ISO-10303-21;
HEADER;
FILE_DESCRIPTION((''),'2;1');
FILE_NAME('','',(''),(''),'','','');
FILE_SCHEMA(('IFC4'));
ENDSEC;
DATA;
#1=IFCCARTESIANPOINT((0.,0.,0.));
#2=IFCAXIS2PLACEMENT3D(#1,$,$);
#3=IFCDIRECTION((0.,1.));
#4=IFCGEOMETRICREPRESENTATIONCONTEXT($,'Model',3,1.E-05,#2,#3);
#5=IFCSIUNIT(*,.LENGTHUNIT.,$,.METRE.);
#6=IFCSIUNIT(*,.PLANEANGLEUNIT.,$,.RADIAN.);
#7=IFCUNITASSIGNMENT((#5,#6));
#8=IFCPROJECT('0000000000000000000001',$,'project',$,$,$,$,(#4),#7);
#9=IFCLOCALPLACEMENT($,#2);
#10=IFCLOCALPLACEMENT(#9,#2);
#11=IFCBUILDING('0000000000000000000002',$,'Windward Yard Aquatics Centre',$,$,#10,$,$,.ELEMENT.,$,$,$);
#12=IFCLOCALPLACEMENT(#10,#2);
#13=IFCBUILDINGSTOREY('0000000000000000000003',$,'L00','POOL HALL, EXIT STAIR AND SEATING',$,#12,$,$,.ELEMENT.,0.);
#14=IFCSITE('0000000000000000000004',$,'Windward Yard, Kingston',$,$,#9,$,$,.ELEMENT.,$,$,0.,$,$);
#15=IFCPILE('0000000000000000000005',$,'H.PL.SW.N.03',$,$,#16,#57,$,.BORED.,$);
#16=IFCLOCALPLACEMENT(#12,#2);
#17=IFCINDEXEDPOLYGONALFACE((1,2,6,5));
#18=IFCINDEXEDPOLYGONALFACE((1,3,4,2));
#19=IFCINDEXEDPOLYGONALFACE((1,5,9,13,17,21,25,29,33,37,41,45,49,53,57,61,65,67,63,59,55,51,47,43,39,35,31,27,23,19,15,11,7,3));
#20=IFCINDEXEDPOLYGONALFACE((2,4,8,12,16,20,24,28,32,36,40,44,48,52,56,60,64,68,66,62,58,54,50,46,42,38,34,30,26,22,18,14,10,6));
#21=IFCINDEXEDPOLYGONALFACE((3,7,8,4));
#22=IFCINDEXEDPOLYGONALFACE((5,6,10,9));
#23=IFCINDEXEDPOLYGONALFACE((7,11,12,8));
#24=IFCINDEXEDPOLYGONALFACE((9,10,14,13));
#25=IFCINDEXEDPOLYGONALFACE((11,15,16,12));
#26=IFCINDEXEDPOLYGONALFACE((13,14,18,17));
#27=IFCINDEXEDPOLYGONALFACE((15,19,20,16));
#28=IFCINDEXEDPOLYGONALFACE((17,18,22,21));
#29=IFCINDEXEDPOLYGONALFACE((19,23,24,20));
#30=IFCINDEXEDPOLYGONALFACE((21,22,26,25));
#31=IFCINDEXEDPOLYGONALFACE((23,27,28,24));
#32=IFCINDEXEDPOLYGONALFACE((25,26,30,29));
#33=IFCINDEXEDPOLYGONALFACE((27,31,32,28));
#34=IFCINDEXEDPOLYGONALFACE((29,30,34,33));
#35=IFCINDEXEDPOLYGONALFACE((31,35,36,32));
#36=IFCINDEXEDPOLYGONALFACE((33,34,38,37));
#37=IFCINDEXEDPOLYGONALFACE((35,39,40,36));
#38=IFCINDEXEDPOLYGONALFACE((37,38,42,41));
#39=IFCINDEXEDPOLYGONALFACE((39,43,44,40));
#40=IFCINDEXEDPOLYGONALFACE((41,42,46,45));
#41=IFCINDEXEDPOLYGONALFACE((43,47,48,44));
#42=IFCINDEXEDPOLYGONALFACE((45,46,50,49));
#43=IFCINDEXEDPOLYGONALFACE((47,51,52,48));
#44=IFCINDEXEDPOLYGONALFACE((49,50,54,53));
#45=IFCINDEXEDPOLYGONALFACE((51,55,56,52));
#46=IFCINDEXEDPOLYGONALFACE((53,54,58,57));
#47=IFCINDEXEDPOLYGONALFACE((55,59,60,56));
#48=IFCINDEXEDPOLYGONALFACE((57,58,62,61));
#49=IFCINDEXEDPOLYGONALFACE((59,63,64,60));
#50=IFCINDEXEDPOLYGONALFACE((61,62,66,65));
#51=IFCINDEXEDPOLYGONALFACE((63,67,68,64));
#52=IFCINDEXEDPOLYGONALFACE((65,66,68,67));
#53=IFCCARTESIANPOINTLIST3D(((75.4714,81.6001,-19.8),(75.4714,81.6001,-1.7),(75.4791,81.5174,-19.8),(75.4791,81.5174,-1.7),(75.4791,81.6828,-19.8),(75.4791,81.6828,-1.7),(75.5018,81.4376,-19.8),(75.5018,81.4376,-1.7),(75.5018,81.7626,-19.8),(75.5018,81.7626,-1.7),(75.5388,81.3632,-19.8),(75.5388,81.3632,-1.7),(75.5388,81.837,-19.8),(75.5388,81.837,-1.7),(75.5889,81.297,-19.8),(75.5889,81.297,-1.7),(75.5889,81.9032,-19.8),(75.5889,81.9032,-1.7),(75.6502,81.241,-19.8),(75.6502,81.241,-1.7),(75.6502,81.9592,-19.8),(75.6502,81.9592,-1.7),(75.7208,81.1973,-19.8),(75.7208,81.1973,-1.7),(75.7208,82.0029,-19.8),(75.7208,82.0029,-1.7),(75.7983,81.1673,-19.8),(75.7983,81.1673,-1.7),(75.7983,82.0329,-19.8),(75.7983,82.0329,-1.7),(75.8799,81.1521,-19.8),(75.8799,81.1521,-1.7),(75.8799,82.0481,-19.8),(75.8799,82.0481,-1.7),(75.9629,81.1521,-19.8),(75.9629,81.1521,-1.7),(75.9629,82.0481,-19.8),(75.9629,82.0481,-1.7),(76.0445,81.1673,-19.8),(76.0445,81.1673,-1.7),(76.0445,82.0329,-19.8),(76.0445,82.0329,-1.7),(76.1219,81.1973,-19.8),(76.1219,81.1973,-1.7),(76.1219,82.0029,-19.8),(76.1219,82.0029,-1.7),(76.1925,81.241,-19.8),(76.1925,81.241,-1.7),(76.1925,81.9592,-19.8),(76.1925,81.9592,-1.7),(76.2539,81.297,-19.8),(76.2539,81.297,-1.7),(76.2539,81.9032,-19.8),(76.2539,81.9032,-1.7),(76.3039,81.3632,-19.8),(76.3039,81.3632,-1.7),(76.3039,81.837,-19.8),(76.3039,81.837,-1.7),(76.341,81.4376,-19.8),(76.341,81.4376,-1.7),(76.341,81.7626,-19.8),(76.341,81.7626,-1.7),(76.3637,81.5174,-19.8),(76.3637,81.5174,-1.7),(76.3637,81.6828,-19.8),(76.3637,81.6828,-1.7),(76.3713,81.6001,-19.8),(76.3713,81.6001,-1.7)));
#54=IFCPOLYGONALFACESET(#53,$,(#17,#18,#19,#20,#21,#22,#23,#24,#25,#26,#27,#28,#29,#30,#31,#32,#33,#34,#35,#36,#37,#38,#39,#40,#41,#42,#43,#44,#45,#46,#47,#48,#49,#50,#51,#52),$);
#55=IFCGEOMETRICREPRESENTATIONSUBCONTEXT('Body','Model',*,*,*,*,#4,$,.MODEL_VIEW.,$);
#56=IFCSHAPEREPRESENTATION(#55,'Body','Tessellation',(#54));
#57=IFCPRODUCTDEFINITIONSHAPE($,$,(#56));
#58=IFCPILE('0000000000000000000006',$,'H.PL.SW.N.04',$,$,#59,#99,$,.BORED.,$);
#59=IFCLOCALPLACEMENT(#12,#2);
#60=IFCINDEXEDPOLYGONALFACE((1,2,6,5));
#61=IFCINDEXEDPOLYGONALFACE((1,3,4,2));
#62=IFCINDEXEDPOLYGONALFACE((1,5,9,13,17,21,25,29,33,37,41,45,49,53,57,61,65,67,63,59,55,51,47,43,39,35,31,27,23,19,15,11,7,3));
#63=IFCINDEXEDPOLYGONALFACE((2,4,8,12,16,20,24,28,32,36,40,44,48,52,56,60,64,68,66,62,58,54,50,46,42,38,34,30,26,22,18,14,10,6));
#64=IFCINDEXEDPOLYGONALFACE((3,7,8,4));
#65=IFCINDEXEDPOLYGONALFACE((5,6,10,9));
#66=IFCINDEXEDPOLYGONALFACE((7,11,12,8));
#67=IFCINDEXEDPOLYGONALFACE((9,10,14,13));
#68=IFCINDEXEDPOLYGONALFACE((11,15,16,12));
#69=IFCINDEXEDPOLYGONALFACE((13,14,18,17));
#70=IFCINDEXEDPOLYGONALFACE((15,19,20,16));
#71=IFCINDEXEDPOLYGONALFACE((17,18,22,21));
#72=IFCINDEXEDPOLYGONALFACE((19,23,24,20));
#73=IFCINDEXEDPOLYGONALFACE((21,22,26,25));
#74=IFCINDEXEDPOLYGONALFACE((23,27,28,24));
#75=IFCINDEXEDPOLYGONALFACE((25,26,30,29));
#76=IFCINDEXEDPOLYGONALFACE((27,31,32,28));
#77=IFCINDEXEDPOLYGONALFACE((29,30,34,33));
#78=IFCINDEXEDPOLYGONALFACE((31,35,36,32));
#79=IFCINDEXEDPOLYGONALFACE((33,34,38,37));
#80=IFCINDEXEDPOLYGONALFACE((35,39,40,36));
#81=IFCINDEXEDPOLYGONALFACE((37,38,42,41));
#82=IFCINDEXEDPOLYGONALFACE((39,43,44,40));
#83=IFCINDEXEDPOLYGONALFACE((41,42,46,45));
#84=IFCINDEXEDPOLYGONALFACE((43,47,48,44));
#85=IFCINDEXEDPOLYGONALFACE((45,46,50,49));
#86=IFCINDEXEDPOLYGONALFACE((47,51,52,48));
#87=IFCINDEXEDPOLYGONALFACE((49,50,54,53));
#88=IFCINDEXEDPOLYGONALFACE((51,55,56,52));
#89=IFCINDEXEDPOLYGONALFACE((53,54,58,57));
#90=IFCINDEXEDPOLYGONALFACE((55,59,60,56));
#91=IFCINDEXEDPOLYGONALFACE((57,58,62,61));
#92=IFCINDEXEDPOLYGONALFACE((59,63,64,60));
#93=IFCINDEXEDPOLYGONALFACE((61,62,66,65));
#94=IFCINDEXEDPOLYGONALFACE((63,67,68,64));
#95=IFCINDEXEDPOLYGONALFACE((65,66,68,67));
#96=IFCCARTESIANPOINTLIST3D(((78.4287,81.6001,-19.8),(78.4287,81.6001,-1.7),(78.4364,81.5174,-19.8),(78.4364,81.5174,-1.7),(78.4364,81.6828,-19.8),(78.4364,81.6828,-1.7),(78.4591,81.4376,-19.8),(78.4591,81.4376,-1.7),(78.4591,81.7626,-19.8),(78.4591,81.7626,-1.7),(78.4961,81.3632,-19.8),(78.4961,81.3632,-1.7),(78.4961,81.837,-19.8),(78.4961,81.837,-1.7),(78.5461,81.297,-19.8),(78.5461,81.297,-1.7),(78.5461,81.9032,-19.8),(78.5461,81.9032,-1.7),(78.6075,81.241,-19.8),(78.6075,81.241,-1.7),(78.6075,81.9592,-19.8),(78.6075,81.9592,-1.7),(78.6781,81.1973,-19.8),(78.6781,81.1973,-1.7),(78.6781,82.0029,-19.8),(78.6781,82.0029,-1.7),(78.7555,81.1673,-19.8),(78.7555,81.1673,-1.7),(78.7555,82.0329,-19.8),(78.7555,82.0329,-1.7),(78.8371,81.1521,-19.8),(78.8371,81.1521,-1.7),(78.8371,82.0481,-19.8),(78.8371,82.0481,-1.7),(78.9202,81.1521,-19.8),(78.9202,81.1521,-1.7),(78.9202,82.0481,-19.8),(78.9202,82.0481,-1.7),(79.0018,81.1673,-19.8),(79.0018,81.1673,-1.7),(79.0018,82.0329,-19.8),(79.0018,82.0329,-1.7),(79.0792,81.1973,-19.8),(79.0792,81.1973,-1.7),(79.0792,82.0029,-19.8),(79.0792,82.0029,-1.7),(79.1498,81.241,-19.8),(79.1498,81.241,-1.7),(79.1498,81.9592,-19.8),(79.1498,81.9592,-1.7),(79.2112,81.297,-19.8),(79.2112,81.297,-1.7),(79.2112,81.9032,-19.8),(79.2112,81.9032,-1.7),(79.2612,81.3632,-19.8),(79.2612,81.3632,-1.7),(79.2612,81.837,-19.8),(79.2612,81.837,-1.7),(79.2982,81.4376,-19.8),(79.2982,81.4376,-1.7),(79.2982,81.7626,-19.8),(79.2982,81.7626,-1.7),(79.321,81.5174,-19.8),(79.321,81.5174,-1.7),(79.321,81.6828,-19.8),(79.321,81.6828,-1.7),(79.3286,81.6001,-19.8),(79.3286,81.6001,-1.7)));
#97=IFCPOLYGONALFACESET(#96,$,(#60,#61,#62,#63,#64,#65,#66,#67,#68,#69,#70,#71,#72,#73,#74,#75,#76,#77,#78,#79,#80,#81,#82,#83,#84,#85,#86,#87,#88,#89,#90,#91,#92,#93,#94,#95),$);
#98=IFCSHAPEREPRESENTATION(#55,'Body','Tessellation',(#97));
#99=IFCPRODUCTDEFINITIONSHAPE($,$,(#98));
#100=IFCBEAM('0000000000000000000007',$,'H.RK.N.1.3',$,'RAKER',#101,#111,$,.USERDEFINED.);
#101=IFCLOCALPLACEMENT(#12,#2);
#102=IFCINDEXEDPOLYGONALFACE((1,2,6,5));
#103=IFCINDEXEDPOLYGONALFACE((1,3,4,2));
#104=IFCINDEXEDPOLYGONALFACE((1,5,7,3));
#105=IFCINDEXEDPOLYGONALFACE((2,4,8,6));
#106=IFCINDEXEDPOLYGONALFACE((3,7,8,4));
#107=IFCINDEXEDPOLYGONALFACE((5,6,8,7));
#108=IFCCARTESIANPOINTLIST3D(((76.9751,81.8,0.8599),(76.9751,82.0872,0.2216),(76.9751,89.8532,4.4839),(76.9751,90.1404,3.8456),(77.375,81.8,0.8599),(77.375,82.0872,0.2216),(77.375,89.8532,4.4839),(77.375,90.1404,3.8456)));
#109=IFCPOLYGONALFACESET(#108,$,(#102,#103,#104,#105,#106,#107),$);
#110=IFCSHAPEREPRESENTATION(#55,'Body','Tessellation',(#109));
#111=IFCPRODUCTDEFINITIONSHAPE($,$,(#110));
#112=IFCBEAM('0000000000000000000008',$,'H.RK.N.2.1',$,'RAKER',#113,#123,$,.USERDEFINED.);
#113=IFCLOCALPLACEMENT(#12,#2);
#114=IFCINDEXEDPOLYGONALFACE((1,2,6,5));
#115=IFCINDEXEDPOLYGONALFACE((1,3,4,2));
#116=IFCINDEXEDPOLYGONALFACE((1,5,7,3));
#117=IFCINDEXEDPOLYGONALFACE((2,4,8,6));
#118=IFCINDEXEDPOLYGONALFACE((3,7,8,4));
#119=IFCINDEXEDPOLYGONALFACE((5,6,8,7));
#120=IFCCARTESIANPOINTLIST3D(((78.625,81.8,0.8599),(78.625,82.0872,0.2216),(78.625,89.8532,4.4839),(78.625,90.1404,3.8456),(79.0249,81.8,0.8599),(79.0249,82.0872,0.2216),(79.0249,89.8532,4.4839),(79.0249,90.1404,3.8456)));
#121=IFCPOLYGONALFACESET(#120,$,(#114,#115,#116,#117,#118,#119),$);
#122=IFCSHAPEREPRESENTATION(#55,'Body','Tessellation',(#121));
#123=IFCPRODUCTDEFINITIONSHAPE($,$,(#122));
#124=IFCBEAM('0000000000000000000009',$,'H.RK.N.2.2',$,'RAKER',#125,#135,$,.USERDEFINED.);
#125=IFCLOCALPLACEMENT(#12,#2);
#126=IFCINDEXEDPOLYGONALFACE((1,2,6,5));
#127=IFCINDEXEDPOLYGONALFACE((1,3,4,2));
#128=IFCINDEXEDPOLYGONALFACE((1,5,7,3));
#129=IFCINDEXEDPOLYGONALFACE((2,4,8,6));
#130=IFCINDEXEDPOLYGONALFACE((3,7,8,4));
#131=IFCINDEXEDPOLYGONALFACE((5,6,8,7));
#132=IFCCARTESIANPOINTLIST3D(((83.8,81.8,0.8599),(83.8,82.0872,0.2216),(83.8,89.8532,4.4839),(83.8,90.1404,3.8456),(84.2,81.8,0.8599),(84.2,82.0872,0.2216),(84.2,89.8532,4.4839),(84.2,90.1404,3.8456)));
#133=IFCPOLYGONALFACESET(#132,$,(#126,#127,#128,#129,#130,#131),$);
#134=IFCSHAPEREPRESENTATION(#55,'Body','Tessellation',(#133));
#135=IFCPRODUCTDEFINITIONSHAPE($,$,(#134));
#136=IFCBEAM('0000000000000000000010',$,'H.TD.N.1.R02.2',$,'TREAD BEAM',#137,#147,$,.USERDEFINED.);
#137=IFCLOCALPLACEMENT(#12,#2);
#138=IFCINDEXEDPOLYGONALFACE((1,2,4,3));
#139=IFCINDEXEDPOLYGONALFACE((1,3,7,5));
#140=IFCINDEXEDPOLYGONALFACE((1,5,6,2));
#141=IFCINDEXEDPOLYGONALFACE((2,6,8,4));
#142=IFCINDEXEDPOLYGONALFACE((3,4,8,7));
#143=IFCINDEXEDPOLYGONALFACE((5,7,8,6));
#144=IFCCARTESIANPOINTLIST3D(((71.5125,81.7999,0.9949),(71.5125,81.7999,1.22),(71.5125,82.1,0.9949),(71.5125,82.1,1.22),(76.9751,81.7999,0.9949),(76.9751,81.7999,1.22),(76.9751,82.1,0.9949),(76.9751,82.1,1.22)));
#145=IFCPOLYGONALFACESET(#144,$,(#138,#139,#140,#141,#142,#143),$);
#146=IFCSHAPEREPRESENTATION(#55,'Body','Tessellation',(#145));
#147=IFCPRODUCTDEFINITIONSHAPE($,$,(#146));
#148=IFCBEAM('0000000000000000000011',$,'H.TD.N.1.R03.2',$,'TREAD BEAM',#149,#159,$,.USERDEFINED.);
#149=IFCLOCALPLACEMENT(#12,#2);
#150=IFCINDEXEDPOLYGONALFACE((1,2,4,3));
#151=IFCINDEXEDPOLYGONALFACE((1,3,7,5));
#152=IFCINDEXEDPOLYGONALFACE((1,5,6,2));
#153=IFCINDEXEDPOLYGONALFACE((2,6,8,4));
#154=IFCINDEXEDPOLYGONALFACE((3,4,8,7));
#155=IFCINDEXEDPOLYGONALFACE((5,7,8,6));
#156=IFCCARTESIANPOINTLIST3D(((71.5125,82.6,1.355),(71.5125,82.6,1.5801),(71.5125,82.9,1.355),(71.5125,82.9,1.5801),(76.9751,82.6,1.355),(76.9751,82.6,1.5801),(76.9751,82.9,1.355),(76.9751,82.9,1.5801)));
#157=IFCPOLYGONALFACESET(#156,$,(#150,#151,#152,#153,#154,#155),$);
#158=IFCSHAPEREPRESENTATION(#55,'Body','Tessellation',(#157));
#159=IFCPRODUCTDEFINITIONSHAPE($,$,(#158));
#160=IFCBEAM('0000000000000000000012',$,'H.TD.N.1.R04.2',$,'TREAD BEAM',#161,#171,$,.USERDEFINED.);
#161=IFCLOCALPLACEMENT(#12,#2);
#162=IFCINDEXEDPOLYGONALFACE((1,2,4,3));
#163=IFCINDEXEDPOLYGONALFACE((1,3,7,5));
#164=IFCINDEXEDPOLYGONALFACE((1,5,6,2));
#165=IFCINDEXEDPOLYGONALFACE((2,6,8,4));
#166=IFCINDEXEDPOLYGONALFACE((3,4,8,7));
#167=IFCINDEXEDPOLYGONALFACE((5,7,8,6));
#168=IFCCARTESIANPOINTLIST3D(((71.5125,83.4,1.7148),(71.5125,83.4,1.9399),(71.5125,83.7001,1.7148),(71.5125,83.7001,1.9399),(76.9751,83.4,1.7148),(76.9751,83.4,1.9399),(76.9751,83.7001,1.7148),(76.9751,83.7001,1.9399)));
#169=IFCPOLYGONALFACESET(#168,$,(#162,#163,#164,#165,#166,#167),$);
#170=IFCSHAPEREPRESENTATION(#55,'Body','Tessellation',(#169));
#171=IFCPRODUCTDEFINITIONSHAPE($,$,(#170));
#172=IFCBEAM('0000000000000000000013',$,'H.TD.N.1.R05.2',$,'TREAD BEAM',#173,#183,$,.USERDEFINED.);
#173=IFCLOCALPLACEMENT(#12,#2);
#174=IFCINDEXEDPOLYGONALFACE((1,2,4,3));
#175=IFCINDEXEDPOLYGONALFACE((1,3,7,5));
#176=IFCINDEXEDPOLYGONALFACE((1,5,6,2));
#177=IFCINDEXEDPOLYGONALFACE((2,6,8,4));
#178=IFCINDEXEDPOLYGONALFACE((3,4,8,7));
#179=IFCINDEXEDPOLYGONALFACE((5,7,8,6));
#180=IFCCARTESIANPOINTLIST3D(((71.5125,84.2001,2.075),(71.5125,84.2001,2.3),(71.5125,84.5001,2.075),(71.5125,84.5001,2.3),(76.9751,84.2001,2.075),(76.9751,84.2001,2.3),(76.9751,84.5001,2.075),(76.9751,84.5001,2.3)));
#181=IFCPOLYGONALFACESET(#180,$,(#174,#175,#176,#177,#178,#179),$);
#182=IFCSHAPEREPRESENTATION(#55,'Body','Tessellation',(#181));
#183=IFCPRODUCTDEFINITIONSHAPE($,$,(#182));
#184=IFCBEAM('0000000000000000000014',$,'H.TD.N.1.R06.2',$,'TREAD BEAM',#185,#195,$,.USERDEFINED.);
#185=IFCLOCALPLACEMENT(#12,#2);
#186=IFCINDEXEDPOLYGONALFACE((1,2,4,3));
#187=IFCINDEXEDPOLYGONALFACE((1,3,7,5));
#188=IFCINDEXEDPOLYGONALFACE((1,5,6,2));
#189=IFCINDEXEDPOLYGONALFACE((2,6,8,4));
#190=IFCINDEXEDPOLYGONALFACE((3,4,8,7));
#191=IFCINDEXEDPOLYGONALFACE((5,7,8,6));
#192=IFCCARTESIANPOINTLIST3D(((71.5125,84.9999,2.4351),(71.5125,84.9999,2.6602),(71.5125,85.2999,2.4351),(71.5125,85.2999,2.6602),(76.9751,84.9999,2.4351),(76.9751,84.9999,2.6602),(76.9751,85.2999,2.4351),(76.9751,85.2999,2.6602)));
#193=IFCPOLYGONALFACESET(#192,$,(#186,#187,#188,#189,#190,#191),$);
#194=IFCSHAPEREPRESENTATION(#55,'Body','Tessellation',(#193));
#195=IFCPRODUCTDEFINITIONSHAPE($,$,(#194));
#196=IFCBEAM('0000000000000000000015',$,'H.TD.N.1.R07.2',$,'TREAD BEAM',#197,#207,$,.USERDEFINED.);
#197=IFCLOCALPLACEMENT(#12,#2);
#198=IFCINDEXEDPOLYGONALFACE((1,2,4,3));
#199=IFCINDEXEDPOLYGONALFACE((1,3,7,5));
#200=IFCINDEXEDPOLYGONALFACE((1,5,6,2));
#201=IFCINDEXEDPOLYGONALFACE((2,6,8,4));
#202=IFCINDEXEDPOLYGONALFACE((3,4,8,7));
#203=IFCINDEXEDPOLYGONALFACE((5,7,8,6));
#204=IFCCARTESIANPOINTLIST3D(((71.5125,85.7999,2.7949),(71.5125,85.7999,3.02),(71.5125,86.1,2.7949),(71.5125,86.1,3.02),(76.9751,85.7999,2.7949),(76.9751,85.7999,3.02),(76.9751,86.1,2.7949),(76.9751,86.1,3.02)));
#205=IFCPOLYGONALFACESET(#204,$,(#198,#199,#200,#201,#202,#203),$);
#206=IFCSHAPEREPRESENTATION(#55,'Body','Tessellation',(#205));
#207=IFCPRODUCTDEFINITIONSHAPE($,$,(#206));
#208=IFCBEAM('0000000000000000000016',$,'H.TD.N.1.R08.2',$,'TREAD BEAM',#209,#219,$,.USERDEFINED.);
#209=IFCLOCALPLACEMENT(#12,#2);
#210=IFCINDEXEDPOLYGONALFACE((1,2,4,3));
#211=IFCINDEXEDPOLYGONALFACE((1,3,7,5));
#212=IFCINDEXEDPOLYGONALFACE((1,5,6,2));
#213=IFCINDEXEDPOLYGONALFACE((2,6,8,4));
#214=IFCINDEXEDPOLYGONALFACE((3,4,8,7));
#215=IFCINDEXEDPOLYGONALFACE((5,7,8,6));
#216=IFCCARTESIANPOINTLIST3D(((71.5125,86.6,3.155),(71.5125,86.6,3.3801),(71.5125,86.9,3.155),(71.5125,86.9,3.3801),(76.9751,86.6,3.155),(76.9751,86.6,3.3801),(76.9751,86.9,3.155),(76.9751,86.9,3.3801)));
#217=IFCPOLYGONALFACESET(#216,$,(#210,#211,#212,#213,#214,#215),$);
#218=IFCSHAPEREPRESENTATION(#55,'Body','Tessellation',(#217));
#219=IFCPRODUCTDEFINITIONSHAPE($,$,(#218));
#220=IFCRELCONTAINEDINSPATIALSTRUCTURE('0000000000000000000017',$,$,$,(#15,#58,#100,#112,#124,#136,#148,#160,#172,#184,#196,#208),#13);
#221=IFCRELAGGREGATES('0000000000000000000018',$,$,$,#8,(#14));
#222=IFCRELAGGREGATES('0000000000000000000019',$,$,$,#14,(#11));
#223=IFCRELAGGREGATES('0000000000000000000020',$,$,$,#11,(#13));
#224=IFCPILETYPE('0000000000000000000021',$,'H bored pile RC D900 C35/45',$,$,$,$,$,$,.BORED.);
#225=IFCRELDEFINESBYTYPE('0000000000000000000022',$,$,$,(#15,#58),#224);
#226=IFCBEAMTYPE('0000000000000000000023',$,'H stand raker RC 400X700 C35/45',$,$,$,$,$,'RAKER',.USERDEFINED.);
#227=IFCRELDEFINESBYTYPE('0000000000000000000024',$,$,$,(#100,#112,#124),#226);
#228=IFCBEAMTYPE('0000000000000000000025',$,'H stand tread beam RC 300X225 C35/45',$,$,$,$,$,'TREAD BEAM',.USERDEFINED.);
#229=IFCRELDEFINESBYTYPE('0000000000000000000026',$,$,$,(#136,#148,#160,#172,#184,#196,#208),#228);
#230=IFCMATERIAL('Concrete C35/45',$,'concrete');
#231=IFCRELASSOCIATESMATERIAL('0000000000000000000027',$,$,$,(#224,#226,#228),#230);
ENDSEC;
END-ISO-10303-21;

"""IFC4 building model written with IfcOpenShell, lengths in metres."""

from ifc_helpers import new_model, si_unit, direction, frame, origin, origin_2d, place, context, subcontext, project, spatial, rectangle, circle, extrude, material, material_profile, profile_set, type_object, element, save


model = new_model("IFC4")

# Units and contexts
model_context = context("Model", 3, precision=1e-05, world=origin(), true_north=direction((0.0, 1.0)))
body_context = subcontext(model_context, "Body", "Model", "MODEL_VIEW")
ifc_project = project(units=[si_unit("LENGTHUNIT", "METRE"), si_unit("PLANEANGLEUNIT", "RADIAN")], contexts=[model_context])

# Site, building, storey
site_placement = place(None, origin())
site = spatial("IfcSite", under=ifc_project, at=site_placement, Name="Windward Yard, Kingston", CompositionType="ELEMENT", RefElevation=0.0)
building_placement = place(site_placement, origin())
building = spatial("IfcBuilding", under=site, at=building_placement, Name="Windward Yard Aquatics Centre", CompositionType="ELEMENT")
storey_placement = place(building_placement, origin())
storey = spatial("IfcBuildingStorey", under=building, at=storey_placement, Name="L00", Description="POOL HALL, EXIT STAIR AND SEATING", CompositionType="ELEMENT", Elevation=0.0)

# Piles
ifc_material_1 = material(Name="Concrete C35/45", Category="concrete")
ifc_material_profile_1 = material_profile(ifc_material_1, circle(Radius=0.45, at=origin_2d()), Name="RC D900")
ifc_profile_set_1 = profile_set([ifc_material_profile_1], Name="Concrete C35/45")
pile_type = type_object("IfcPileType", Name="H bored pile RC D900 C35/45", PredefinedType="BORED", material=ifc_profile_set_1)
for number, where, z_axis, x_axis, name in (
    (1, (75.9214, 81.6001, -1.7), (0.0, 0.0, -1.0), (1.0, 0.0, 0.0), "H.PL.SW.N.03"),
    (2, (78.8787, 81.6001, -1.7), (0.0, 0.0, -1.0), (1.0, 0.0, 0.0), "H.PL.SW.N.04"),
):
    element("IfcPile", number, at=place(storey_placement, frame(where, z_axis=z_axis, x_axis=x_axis)), inside=storey, type_object=pile_type, Name=name, PredefinedType="BORED", context=body_context, shape_type="SweptSolid", body=[
        extrude(circle(Radius=0.45, at=origin_2d()), origin(), (0.0, 0.0, 1.0), 18.1001),
    ])

# Beams
ifc_material_profile_2 = material_profile(ifc_material_1, rectangle(XDim=0.3999, YDim=0.7, at=origin_2d()), Name="RC 400X700")
ifc_profile_set_2 = profile_set([ifc_material_profile_2], Name="Concrete C35/45")
beam_type_1 = type_object("IfcBeamType", Name="H stand raker RC 400X700 C35/45", ElementType="RAKER", PredefinedType="USERDEFINED", material=ifc_profile_set_2)
for number, where, z_axis, x_axis, name in (
    (3, (77.175, 81.9436, 0.5408), (0.0, 0.911918, 0.410372), (-1.0, 0.0, 0.0), "H.RK.N.1.3"),
    (4, (78.825, 81.9436, 0.5408), (0.0, 0.911918, 0.410372), (-1.0, 0.0, 0.0), "H.RK.N.2.1"),
    (5, (84.0, 81.9436, 0.5408), (0.0, 0.911918, 0.410372), (-1.0, 0.0, 0.0), "H.RK.N.2.2"),
):
    element("IfcBeam", number, at=place(storey_placement, frame(where, z_axis=z_axis, x_axis=x_axis)), inside=storey, type_object=beam_type_1, Name=name, ObjectType="RAKER", PredefinedType="USERDEFINED", context=body_context, shape_type="SweptSolid", body=[
        extrude(rectangle(XDim=0.3999, YDim=0.7, at=origin_2d()), origin(), (0.0, 0.0, 1.0), 8.8311),
    ])
ifc_material_profile_3 = material_profile(ifc_material_1, rectangle(XDim=0.3, YDim=0.2251, at=origin_2d()), Name="RC 300X225")
ifc_profile_set_3 = profile_set([ifc_material_profile_3], Name="Concrete C35/45")
beam_type_2 = type_object("IfcBeamType", Name="H stand tread beam RC 300X225 C35/45", ElementType="TREAD BEAM", PredefinedType="USERDEFINED", material=ifc_profile_set_3)
for number, where, z_axis, x_axis, name in (
    (6, (71.5125, 81.95, 1.1074), (1.0, 0.0, 0.0), (0.0, 1.0, 0.0), "H.TD.N.1.R02.2"),
    (7, (71.5125, 82.75, 1.4675), (1.0, 0.0, 0.0), (0.0, 1.0, 0.0), "H.TD.N.1.R03.2"),
    (8, (71.5125, 83.55, 1.8274), (1.0, 0.0, 0.0), (0.0, 1.0, 0.0), "H.TD.N.1.R04.2"),
    (9, (71.5125, 84.3501, 2.1875), (1.0, 0.0, 0.0), (0.0, 1.0, 0.0), "H.TD.N.1.R05.2"),
    (10, (71.5125, 85.1499, 2.5476), (1.0, 0.0, 0.0), (0.0, 1.0, 0.0), "H.TD.N.1.R06.2"),
    (11, (71.5125, 85.95, 2.9075), (1.0, 0.0, 0.0), (0.0, 1.0, 0.0), "H.TD.N.1.R07.2"),
    (12, (71.5125, 86.75, 3.2676), (1.0, 0.0, 0.0), (0.0, 1.0, 0.0), "H.TD.N.1.R08.2"),
):
    element("IfcBeam", number, at=place(storey_placement, frame(where, z_axis=z_axis, x_axis=x_axis)), inside=storey, type_object=beam_type_2, Name=name, ObjectType="TREAD BEAM", PredefinedType="USERDEFINED", context=body_context, shape_type="SweptSolid", body=[
        extrude(rectangle(XDim=0.3, YDim=0.2251, at=origin_2d()), origin(), (0.0, 0.0, 1.0), 5.4626),
    ])

save(model, "model.ifc")
